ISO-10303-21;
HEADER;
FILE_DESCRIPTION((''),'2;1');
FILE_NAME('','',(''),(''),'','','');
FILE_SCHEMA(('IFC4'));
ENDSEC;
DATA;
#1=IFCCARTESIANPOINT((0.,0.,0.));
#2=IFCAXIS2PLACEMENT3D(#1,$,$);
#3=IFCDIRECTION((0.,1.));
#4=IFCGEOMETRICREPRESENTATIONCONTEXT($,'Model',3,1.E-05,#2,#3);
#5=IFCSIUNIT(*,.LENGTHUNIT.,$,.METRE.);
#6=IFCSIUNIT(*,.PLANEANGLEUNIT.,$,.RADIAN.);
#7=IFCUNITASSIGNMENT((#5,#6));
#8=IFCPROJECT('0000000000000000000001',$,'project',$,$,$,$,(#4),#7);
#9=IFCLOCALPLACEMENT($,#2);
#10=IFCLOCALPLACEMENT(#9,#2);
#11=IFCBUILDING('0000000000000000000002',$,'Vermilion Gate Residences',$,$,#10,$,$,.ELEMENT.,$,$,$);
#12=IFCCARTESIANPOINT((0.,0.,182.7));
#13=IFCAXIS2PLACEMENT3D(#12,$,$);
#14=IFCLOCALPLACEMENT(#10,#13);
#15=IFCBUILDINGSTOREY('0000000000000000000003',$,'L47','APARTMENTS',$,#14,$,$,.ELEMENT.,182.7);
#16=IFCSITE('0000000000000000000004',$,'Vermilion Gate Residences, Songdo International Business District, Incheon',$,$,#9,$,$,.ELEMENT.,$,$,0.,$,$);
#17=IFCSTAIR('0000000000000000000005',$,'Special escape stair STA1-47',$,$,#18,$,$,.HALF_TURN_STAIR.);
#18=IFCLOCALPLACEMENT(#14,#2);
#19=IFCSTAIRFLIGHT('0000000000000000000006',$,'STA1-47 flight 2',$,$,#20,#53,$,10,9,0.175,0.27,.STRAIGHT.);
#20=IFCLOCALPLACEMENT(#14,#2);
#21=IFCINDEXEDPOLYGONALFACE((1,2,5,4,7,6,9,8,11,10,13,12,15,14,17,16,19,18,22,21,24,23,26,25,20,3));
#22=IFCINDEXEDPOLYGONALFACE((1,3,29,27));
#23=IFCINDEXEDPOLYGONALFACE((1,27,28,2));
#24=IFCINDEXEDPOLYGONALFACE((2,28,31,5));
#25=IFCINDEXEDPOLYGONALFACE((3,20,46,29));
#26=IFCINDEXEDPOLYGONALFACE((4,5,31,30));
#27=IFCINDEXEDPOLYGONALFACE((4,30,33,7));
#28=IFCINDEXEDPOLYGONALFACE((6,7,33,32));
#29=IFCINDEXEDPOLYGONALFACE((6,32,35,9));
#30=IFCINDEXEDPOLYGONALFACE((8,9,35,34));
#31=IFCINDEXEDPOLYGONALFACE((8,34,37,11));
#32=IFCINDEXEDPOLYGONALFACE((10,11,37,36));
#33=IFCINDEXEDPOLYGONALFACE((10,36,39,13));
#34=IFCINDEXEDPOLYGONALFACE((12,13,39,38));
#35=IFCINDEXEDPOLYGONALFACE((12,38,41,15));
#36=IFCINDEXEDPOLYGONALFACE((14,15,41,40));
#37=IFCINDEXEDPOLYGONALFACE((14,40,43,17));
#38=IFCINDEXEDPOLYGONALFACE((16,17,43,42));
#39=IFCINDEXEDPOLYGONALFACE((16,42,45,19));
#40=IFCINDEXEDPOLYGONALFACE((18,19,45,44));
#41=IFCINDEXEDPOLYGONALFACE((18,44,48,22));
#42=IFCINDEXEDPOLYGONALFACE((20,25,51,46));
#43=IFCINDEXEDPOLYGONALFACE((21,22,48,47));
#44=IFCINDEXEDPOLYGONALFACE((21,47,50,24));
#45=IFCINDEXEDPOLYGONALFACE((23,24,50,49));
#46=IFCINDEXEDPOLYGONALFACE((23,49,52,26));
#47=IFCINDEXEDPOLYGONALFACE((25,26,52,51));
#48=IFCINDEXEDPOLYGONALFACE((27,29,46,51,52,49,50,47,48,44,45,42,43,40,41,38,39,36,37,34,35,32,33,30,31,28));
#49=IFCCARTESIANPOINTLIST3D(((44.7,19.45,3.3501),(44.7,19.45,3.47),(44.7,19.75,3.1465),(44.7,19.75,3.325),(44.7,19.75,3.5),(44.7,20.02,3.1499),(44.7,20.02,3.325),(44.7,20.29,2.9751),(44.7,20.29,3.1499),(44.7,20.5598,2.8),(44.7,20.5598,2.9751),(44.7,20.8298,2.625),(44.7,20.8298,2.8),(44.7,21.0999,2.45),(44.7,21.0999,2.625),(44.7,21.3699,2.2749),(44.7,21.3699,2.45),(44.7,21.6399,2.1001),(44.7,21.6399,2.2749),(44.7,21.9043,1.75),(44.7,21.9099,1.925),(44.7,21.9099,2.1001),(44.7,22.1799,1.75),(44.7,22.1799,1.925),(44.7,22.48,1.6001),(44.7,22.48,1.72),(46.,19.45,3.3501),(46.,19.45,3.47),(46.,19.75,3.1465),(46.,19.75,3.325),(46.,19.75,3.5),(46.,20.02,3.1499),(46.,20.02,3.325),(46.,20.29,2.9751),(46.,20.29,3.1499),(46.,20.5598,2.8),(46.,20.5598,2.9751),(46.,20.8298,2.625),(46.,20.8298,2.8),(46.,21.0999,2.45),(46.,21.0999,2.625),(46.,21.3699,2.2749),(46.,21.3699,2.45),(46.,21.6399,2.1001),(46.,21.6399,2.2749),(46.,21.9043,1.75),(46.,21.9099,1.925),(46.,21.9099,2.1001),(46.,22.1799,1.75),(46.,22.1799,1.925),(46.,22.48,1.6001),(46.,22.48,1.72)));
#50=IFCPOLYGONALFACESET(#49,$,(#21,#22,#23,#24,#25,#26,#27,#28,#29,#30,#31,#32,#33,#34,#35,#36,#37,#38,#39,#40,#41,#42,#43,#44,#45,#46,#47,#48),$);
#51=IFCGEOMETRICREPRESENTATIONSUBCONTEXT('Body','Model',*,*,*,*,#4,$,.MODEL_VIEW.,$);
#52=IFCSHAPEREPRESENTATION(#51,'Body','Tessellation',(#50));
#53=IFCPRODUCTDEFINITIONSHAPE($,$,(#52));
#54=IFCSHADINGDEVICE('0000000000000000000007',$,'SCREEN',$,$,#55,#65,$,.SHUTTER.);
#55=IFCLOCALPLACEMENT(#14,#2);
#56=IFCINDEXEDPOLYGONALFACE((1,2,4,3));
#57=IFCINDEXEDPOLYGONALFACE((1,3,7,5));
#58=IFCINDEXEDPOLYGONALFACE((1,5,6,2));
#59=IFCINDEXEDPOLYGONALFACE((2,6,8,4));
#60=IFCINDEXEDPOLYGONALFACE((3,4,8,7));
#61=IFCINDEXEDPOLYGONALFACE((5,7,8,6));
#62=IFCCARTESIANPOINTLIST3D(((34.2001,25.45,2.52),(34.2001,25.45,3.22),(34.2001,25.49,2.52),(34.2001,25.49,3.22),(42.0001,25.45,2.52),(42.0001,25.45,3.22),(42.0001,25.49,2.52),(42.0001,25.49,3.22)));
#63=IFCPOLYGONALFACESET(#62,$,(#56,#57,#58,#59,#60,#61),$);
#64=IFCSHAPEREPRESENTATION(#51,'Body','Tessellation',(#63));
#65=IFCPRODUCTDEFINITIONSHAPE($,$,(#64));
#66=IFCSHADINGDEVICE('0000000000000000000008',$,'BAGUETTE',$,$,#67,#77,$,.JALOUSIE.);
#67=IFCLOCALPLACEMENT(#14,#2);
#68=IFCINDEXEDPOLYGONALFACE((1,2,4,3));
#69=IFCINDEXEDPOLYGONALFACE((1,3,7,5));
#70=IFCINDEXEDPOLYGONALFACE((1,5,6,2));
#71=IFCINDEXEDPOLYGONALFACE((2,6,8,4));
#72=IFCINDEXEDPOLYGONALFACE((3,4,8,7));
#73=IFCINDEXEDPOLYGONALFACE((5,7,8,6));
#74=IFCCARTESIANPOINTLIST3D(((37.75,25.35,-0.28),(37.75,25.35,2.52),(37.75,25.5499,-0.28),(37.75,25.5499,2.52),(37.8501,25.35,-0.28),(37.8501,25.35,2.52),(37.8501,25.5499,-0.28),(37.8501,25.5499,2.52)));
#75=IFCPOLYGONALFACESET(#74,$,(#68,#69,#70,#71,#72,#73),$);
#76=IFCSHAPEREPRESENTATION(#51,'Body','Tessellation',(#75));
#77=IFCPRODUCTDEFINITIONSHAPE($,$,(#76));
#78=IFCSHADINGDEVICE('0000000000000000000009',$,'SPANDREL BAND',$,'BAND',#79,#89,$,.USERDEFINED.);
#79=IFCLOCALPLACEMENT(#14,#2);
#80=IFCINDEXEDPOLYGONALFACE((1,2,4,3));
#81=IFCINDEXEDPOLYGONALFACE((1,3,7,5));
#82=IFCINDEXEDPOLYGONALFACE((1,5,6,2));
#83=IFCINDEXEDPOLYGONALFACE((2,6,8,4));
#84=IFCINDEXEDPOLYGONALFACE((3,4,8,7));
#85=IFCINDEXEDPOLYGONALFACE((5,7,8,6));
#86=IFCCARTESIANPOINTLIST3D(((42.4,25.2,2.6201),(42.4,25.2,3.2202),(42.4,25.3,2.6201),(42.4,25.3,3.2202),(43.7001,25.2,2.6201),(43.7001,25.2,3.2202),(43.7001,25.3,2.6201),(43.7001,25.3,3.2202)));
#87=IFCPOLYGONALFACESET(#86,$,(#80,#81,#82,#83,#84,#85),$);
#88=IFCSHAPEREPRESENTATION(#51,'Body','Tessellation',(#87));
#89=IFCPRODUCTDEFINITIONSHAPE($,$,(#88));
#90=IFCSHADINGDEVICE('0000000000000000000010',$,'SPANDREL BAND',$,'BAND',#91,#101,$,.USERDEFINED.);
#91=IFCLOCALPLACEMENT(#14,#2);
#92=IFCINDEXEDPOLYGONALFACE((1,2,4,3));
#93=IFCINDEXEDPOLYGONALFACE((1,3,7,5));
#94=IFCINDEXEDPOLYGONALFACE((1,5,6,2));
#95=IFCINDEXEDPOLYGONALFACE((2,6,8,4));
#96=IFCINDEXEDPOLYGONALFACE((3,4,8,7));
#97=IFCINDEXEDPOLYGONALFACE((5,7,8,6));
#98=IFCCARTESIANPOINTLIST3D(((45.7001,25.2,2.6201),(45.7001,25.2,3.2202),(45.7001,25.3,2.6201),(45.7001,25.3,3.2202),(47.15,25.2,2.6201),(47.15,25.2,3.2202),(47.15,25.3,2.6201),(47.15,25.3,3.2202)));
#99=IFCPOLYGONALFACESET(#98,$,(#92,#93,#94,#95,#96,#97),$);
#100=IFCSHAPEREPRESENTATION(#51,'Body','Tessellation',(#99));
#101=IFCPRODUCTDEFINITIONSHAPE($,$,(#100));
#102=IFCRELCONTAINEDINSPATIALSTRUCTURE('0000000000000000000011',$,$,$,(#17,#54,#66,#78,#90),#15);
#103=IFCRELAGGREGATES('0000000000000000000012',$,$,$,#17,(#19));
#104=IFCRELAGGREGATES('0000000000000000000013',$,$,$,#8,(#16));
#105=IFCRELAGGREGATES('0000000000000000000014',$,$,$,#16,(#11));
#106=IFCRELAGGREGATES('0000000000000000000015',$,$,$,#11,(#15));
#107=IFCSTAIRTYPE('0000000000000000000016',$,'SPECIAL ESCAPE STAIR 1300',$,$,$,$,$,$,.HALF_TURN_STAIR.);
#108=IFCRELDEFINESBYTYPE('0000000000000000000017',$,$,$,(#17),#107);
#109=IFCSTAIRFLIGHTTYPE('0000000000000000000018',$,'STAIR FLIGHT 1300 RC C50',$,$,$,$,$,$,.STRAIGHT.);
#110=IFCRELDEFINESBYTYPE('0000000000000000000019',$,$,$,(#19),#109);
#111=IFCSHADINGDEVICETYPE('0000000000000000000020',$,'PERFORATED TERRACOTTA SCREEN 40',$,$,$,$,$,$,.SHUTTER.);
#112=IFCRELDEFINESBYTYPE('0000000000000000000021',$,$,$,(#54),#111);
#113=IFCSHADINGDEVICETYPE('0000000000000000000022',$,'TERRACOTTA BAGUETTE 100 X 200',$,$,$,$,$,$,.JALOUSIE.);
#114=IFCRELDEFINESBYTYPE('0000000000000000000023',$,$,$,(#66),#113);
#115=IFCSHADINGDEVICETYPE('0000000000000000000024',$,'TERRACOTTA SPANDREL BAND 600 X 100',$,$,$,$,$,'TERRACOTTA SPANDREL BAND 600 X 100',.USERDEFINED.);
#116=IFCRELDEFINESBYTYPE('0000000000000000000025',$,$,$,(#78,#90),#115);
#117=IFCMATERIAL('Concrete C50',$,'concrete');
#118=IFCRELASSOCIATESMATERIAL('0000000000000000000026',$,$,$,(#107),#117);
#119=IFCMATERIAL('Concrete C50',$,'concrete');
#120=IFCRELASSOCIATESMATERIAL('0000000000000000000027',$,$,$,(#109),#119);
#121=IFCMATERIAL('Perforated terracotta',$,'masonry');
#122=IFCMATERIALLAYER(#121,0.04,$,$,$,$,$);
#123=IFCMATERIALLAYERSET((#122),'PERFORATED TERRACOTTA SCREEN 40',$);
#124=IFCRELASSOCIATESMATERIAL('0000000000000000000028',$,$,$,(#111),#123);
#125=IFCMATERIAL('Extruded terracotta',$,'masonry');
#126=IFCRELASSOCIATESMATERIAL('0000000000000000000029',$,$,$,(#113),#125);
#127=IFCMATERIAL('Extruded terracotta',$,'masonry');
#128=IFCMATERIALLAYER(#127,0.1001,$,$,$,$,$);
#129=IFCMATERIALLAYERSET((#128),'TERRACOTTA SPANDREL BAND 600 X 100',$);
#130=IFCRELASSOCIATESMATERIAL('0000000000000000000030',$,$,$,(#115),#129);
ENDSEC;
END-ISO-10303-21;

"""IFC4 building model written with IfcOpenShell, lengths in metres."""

from ifc_helpers import new_model, si_unit, direction, frame, origin, origin_2d, place, context, subcontext, project, spatial, polyline, rectangle, outline, extrude, material, layer, layer_set, material_profile, profile_set, type_object, element, aggregate, save


model = new_model("IFC4")

# Units and contexts
model_context = context("Model", 3, precision=1e-05, world=origin(), true_north=direction((0.0, 1.0)))
body_context = subcontext(model_context, "Body", "Model", "MODEL_VIEW")
ifc_project = project(units=[si_unit("LENGTHUNIT", "METRE"), si_unit("PLANEANGLEUNIT", "RADIAN")], contexts=[model_context])

# Site, building, storey
site_placement = place(None, origin())
site = spatial("IfcSite", under=ifc_project, at=site_placement, Name="Vermilion Gate Residences, Songdo International Business District, Incheon", CompositionType="ELEMENT", RefElevation=0.0)
building_placement = place(site_placement, origin())
building = spatial("IfcBuilding", under=site, at=building_placement, Name="Vermilion Gate Residences", CompositionType="ELEMENT")
storey_placement = place(building_placement, frame((0.0, 0.0, 182.7)))
storey = spatial("IfcBuildingStorey", under=building, at=storey_placement, Name="L47", Description="APARTMENTS", CompositionType="ELEMENT", Elevation=182.7)

# Stair, stair flight
ifc_material_1 = material(Name="Concrete C50", Category="concrete")
stair_type = type_object("IfcStairType", Name="SPECIAL ESCAPE STAIR 1300", PredefinedType="HALF_TURN_STAIR", material=ifc_material_1)
stair_placement = place(storey_placement, origin())
stair = element("IfcStair", 1, at=stair_placement, inside=storey, type_object=stair_type, Name="Special escape stair STA1-47", PredefinedType="HALF_TURN_STAIR")
ifc_material_2 = material(Name="Concrete C50", Category="concrete")
stair_flight_type = type_object("IfcStairFlightType", Name="STAIR FLIGHT 1300 RC C50", PredefinedType="STRAIGHT", material=ifc_material_2)
stair_flight_1_placement = place(storey_placement, frame((45.3501, 22.1799, 1.75), z_axis=(0.0, 0.0, 1.0), x_axis=(0.0, -1.0, 0.0)))
stair_flight_1 = element("IfcStairFlight", 2, at=stair_flight_1_placement, type_object=stair_flight_type, Name="STA1-47 flight 2", NumberOfRisers=10, NumberOfTreads=9, PredefinedType="STRAIGHT", RiserHeight=0.175, TreadLength=0.27, context=body_context, shape_type="SweptSolid", body=[
    extrude(outline(polyline([(-0.3, -0.1499), (-0.3, -0.03), (0.0, 0.0), (0.0, 0.175), (0.27, 0.175), (0.27, 0.3501), (0.54, 0.3501), (0.54, 0.5249), (0.8101, 0.5249), (0.8101, 0.7), (1.0801, 0.7), (1.0801, 0.875), (1.3501, 0.875), (1.3501, 1.05), (1.6201, 1.05), (1.6201, 1.2251), (1.8899, 1.2251), (1.8899, 1.3999), (2.1599, 1.3999), (2.1599, 1.575), (2.4299, 1.575), (2.4299, 1.75), (2.73, 1.72), (2.73, 1.6001), (2.4299, 1.3965), (0.2756, 0.0), (-0.3, -0.1499)])), frame((0.0, 0.6499, 0.0), z_axis=(0.0, -1.0, 0.0), x_axis=(1.0, 0.0, 0.0)), (0.0, 0.0, 1.0), 1.3),
])
aggregate(stair, [stair_flight_1])

# Shading device
ifc_material_3 = material(Name="Perforated terracotta", Category="masonry")
ifc_layer_1 = layer(ifc_material_3, 0.04)
ifc_layer_set_1 = layer_set([ifc_layer_1], Name="PERFORATED TERRACOTTA SCREEN 40")
shading_device_type_1 = type_object("IfcShadingDeviceType", Name="PERFORATED TERRACOTTA SCREEN 40", PredefinedType="SHUTTER", material=ifc_layer_set_1)
shading_device_1_placement = place(storey_placement, frame((38.1001, 25.47, 2.52), z_axis=(0.0, 0.0, 1.0), x_axis=(-1.0, 0.0, 0.0)))
element("IfcShadingDevice", 3, at=shading_device_1_placement, inside=storey, type_object=shading_device_type_1, Name="SCREEN", PredefinedType="SHUTTER", context=body_context, shape_type="SweptSolid", body=[
    extrude(rectangle(XDim=7.8, YDim=0.04, at=origin_2d()), origin(), (0.0, 0.0, 1.0), 0.7),
])

# Shading devices
ifc_material_4 = material(Name="Extruded terracotta", Category="masonry")
ifc_material_profile_1 = material_profile(ifc_material_4, rectangle(XDim=0.2, YDim=0.1001, at=origin_2d()), Name="BAGUETTE 100 X 200")
ifc_profile_set_1 = profile_set([ifc_material_profile_1], Name="Extruded terracotta")
shading_device_type_2 = type_object("IfcShadingDeviceType", Name="TERRACOTTA BAGUETTE 100 X 200", PredefinedType="JALOUSIE", material=ifc_profile_set_1)
shading_device_2_placement = place(storey_placement, frame((37.8, 25.45, -0.28), z_axis=(0.0, 0.0, 1.0), x_axis=(0.0, -1.0, 0.0)))
element("IfcShadingDevice", 4, at=shading_device_2_placement, inside=storey, type_object=shading_device_type_2, Name="BAGUETTE", PredefinedType="JALOUSIE", context=body_context, shape_type="SweptSolid", body=[
    extrude(rectangle(XDim=0.2, YDim=0.1001, at=origin_2d()), origin(), (0.0, 0.0, 1.0), 2.8),
])
ifc_material_5 = material(Name="Extruded terracotta", Category="masonry")
ifc_layer_2 = layer(ifc_material_5, 0.1001)
ifc_layer_set_2 = layer_set([ifc_layer_2], Name="TERRACOTTA SPANDREL BAND 600 X 100")
shading_device_type_3 = type_object("IfcShadingDeviceType", Name="TERRACOTTA SPANDREL BAND 600 X 100", ElementType="TERRACOTTA SPANDREL BAND 600 X 100", PredefinedType="USERDEFINED", material=ifc_layer_set_2)
shading_device_3_placement = place(storey_placement, frame((43.05, 25.25, 2.6201), z_axis=(0.0, 0.0, 1.0), x_axis=(1.0, 0.0, 0.0)))
element("IfcShadingDevice", 5, at=shading_device_3_placement, inside=storey, type_object=shading_device_type_3, Name="SPANDREL BAND", ObjectType="BAND", PredefinedType="USERDEFINED", context=body_context, shape_type="SweptSolid", body=[
    extrude(rectangle(XDim=1.3, YDim=0.1001, at=origin_2d()), origin(), (0.0, 0.0, 1.0), 0.6001),
])
shading_device_4_placement = place(storey_placement, frame((46.425, 25.25, 2.6201), z_axis=(0.0, 0.0, 1.0), x_axis=(1.0, 0.0, 0.0)))
element("IfcShadingDevice", 6, at=shading_device_4_placement, inside=storey, type_object=shading_device_type_3, Name="SPANDREL BAND", ObjectType="BAND", PredefinedType="USERDEFINED", context=body_context, shape_type="SweptSolid", body=[
    extrude(rectangle(XDim=1.45, YDim=0.1001, at=origin_2d()), origin(), (0.0, 0.0, 1.0), 0.6001),
])

save(model, "model.ifc")
